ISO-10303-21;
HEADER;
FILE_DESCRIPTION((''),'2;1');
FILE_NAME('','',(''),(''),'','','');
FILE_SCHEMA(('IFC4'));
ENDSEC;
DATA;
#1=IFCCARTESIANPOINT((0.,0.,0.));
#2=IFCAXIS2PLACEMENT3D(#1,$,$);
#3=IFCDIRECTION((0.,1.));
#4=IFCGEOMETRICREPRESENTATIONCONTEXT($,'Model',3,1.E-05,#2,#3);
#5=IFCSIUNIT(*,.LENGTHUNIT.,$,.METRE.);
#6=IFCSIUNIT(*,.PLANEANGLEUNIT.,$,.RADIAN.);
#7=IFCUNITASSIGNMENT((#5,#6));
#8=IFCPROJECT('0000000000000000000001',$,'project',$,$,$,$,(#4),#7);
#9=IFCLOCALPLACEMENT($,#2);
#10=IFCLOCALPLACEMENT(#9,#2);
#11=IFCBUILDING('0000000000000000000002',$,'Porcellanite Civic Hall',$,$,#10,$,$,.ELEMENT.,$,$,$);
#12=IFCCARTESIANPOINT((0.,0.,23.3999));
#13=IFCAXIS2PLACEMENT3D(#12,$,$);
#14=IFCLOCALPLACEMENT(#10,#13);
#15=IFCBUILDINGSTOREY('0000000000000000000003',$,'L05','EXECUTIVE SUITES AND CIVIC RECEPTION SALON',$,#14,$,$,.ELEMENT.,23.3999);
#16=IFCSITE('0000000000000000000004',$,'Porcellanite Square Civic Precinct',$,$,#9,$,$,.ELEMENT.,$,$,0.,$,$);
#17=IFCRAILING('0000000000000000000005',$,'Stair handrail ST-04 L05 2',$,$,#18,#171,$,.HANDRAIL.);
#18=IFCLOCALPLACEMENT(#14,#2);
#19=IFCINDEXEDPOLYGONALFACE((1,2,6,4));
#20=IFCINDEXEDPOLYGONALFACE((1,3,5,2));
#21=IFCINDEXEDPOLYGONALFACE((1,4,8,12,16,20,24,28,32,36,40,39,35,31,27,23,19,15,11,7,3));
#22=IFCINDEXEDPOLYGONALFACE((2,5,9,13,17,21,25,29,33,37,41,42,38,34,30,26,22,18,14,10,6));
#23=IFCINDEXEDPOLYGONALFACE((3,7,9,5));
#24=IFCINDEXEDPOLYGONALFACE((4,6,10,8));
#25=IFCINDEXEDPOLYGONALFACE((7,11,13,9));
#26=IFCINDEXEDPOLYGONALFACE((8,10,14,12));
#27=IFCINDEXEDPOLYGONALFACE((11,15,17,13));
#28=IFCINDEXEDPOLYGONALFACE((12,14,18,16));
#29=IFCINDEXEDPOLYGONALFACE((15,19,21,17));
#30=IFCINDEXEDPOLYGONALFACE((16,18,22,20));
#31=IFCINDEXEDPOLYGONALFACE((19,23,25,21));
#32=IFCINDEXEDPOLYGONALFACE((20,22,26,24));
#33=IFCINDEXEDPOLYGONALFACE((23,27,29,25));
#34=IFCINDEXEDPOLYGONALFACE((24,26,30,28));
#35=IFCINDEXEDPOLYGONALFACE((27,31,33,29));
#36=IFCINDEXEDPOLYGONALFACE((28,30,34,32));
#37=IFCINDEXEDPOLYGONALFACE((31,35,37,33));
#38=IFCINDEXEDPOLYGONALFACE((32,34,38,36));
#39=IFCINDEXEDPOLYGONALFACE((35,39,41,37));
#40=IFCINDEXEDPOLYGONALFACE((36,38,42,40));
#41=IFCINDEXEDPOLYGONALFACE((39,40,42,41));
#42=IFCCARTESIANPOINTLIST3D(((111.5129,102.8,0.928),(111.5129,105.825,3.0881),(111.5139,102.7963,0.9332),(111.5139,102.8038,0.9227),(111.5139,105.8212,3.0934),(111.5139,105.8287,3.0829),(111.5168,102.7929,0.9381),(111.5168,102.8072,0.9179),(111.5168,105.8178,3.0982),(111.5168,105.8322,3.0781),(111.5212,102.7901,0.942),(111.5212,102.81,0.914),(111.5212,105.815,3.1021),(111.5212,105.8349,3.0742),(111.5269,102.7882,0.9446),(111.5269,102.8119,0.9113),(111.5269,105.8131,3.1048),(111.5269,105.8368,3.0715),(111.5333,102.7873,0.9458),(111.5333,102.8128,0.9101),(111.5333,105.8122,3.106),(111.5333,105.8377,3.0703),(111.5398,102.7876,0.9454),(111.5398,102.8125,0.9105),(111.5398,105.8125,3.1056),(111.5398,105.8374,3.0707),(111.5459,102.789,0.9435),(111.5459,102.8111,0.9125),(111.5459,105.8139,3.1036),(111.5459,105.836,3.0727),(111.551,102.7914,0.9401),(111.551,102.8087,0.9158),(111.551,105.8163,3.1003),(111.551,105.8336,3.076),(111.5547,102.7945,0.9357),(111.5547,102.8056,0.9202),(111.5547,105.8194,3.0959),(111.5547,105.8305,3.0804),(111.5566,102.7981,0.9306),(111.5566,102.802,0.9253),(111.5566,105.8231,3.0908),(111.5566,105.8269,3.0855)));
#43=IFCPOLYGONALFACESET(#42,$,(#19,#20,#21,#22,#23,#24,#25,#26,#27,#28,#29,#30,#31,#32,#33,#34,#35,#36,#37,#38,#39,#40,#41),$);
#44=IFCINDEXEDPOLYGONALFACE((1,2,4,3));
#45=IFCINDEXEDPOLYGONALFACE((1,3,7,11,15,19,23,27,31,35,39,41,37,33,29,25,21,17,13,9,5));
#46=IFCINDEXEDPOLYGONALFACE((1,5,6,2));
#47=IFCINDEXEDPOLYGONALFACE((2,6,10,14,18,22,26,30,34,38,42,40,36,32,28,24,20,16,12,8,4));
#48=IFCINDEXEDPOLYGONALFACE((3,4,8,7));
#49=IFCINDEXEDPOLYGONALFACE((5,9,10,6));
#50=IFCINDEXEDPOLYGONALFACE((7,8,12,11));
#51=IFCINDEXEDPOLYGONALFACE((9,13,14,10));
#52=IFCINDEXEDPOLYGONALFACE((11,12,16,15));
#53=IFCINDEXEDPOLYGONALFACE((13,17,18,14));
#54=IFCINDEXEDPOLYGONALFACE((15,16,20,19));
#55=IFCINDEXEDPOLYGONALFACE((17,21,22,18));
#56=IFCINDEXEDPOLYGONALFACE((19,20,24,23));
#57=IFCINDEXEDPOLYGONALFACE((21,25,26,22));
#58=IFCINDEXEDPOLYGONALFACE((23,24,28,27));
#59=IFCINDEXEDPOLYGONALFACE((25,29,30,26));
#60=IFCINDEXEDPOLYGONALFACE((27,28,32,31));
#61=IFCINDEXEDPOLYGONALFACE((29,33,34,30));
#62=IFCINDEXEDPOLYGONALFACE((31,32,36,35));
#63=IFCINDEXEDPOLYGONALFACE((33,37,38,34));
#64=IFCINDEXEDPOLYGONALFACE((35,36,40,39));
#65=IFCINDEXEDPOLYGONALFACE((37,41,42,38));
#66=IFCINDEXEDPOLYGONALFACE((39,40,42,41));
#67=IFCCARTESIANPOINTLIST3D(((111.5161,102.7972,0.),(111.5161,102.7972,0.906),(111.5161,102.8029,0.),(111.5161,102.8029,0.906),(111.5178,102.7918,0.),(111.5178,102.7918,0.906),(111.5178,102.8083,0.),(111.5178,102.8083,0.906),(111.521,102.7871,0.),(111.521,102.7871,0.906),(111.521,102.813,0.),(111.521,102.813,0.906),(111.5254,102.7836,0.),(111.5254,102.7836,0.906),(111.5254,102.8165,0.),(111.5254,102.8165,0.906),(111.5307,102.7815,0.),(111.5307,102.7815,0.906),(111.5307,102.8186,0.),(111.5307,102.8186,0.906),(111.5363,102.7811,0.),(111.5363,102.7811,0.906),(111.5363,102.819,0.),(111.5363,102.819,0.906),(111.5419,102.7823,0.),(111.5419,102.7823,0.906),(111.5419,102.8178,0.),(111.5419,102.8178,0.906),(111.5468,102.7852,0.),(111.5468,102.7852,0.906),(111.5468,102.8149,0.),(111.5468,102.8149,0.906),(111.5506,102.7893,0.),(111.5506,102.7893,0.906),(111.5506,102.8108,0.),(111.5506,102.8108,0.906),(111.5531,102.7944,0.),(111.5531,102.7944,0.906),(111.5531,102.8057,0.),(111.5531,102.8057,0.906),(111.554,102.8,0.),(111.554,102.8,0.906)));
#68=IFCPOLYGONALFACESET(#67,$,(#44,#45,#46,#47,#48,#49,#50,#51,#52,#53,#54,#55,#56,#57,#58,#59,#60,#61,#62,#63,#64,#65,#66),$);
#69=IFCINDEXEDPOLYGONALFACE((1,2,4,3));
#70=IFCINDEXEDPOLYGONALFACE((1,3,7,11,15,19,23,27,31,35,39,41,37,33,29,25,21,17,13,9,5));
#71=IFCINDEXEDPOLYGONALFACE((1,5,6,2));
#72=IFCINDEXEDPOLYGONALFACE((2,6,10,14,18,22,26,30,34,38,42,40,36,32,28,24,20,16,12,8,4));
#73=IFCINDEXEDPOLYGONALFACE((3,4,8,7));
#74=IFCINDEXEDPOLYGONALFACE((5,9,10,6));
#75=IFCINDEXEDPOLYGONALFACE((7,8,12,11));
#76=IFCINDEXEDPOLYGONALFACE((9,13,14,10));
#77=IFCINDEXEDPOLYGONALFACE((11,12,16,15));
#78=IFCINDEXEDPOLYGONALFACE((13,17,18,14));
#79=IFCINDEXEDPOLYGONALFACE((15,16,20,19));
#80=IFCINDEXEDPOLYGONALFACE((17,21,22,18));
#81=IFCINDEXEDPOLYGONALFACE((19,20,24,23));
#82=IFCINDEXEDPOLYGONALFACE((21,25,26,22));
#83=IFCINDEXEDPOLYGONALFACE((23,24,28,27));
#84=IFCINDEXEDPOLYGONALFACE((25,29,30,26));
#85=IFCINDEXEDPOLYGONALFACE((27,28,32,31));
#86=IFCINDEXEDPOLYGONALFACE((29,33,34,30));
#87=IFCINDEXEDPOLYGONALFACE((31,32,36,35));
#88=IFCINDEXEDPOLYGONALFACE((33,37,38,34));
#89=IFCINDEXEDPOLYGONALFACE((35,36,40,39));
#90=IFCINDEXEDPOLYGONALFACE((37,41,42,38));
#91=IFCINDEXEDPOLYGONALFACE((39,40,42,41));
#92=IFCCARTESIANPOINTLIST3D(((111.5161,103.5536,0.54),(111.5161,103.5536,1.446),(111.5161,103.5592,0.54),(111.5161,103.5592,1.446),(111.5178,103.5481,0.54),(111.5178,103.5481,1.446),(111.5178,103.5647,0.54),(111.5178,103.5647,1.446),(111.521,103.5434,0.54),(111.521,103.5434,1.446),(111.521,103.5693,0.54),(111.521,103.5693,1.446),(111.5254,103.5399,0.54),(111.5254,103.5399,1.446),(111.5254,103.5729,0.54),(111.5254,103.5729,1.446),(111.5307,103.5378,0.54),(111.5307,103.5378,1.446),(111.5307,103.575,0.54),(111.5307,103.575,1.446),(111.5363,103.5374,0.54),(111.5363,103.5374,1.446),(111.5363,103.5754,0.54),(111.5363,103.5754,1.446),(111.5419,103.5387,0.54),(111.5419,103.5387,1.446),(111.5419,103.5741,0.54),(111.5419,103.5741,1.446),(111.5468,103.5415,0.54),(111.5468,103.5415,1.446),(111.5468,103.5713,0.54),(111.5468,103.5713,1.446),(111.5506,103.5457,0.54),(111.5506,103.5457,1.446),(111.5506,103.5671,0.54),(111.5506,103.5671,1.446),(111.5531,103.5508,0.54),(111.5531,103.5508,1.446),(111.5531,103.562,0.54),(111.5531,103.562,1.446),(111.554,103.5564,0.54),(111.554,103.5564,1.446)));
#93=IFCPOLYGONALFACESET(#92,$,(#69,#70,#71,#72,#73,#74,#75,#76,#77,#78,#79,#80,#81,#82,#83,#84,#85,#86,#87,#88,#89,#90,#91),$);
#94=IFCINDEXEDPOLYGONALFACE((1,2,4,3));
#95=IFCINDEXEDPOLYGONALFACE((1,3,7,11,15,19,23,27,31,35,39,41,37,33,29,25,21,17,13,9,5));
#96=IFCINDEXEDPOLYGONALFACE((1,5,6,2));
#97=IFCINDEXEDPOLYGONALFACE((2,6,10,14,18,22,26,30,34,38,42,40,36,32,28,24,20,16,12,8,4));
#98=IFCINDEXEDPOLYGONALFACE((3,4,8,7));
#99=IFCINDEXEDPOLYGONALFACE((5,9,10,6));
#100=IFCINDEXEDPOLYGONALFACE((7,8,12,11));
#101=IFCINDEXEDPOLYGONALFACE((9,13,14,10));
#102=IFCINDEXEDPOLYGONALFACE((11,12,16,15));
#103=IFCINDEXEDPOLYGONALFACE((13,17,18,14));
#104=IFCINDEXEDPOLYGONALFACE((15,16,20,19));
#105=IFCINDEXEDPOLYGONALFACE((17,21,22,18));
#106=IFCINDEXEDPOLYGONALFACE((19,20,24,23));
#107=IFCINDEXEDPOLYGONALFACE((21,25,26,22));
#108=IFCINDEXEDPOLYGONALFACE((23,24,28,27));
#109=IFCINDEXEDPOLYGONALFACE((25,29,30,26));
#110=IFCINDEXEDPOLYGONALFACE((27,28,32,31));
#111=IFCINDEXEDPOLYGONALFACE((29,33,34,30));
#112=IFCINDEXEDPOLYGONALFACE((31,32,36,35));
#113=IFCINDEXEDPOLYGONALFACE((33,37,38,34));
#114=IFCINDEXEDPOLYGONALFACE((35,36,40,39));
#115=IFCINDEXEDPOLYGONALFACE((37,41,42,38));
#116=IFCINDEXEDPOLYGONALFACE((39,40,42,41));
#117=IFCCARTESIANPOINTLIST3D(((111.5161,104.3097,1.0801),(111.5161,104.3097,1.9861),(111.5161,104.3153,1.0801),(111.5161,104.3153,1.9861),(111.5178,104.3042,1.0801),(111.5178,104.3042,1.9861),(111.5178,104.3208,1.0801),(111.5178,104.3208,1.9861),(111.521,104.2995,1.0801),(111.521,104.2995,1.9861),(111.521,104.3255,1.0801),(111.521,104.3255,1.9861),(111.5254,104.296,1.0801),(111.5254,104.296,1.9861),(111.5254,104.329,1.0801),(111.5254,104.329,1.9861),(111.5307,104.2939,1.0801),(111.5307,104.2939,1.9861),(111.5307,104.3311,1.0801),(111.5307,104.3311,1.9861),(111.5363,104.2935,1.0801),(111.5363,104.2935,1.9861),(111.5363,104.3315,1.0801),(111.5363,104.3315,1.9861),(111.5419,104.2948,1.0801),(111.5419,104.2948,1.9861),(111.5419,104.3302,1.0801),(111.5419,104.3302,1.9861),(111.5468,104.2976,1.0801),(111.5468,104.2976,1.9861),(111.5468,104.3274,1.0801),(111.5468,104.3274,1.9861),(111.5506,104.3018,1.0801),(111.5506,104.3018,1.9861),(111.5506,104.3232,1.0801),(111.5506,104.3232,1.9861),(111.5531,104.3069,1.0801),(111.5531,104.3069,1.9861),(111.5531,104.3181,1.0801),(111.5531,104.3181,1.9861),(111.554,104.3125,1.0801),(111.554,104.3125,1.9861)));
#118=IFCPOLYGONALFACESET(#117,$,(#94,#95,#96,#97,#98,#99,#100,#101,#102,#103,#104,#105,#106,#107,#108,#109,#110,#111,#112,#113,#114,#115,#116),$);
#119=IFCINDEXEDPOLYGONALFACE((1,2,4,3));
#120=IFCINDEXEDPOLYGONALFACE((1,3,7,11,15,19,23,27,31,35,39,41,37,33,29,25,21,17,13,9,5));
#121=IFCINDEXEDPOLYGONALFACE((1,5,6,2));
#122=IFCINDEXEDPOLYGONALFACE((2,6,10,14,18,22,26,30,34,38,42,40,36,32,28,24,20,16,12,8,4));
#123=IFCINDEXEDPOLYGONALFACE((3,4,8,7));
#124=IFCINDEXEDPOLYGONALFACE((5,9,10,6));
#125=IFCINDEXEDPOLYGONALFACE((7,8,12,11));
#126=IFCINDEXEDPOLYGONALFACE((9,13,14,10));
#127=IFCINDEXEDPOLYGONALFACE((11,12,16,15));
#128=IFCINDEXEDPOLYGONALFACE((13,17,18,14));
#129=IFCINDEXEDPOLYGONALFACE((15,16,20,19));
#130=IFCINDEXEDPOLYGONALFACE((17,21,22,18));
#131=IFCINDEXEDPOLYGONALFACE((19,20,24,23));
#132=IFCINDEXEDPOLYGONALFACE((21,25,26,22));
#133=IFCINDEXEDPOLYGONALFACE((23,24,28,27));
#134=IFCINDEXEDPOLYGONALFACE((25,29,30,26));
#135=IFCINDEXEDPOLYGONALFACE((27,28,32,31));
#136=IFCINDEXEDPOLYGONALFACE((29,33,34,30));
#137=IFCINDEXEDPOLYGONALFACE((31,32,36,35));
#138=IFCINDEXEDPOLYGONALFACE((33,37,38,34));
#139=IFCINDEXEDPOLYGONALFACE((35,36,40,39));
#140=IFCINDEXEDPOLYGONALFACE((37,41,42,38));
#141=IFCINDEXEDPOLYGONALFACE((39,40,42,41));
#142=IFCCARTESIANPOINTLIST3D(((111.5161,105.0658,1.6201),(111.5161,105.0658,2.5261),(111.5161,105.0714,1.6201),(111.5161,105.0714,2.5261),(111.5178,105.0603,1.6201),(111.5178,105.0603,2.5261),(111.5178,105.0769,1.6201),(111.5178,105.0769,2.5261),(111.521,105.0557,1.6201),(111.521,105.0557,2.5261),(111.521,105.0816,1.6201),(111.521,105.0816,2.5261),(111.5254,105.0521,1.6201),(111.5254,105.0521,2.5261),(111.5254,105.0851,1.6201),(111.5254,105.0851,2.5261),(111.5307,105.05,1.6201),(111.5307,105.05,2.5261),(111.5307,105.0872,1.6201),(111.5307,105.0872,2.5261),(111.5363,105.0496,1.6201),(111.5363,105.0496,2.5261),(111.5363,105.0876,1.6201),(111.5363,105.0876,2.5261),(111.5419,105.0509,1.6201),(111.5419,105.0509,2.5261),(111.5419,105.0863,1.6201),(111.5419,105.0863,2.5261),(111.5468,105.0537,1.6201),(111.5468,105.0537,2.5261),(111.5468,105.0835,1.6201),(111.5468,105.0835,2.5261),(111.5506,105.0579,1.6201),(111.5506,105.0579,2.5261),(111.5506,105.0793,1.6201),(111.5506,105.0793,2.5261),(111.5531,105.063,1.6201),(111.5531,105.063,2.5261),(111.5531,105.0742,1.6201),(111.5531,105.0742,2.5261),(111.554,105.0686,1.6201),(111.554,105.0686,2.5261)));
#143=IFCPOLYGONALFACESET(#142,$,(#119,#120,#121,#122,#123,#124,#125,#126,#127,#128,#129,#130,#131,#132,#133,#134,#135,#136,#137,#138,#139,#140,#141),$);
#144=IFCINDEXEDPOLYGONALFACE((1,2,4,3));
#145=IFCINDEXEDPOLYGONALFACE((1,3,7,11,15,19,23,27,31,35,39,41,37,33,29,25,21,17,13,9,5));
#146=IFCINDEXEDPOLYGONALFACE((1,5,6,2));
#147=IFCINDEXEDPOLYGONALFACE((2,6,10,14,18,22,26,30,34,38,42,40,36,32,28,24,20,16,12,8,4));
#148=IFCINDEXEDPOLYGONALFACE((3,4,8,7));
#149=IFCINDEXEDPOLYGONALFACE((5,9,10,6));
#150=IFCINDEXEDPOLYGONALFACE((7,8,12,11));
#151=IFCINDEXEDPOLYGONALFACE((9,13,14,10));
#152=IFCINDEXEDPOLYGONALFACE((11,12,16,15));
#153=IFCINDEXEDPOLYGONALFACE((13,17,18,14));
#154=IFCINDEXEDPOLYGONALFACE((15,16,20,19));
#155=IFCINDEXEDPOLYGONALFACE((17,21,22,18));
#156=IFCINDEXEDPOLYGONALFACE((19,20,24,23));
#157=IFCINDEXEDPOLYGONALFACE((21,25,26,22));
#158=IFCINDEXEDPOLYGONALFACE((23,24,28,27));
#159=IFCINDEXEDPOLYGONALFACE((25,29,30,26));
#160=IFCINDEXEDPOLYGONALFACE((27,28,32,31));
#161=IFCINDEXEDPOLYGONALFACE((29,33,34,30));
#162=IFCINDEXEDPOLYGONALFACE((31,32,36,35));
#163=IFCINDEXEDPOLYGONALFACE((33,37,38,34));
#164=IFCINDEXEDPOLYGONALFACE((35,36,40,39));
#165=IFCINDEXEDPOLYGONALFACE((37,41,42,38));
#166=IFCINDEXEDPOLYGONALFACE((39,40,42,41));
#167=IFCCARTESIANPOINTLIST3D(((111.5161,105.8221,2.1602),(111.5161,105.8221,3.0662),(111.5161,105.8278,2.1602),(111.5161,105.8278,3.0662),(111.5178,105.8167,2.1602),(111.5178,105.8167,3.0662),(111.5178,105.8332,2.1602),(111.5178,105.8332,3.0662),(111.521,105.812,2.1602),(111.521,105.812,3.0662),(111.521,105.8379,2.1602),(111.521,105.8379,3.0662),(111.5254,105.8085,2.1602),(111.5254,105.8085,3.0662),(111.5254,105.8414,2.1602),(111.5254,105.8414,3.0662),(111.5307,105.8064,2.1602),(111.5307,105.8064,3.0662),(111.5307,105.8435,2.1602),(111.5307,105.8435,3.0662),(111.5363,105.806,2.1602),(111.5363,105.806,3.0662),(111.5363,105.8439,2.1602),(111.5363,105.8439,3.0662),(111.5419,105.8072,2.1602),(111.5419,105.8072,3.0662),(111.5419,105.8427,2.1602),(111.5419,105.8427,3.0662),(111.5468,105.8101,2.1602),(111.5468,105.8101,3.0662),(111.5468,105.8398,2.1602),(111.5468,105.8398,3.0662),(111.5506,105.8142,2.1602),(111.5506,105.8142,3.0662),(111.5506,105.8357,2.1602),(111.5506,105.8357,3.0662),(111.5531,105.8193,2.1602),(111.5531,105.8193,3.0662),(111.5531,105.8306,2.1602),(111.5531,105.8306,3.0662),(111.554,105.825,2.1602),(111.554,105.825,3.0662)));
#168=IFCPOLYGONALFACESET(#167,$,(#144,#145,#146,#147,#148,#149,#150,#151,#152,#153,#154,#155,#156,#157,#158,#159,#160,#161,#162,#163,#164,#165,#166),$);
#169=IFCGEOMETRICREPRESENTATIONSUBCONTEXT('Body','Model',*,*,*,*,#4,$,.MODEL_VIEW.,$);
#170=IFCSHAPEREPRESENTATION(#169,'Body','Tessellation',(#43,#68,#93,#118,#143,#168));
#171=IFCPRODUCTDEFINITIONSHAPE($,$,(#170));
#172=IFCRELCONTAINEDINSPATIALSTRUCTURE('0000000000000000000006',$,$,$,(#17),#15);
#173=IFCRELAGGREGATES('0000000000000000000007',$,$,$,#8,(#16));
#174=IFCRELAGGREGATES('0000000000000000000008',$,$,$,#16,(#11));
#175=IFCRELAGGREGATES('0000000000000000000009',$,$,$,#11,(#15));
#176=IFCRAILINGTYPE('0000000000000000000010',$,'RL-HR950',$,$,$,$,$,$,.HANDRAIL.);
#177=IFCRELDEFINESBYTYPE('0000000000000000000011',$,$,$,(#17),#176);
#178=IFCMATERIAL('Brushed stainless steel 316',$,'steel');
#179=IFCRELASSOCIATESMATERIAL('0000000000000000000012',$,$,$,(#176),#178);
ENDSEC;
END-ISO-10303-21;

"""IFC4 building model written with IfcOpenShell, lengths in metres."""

from ifc_helpers import new_model, si_unit, direction, frame, origin, origin_2d, place, context, subcontext, project, spatial, circle, extrude, material, type_object, element, save


model = new_model("IFC4")

# Units and contexts
model_context = context("Model", 3, precision=1e-05, world=origin(), true_north=direction((0.0, 1.0)))
body_context = subcontext(model_context, "Body", "Model", "MODEL_VIEW")
ifc_project = project(units=[si_unit("LENGTHUNIT", "METRE"), si_unit("PLANEANGLEUNIT", "RADIAN")], contexts=[model_context])

# Site, building, storey
site_placement = place(None, origin())
site = spatial("IfcSite", under=ifc_project, at=site_placement, Name="Porcellanite Square Civic Precinct", CompositionType="ELEMENT", RefElevation=0.0)
building_placement = place(site_placement, origin())
building = spatial("IfcBuilding", under=site, at=building_placement, Name="Porcellanite Civic Hall", CompositionType="ELEMENT")
storey_placement = place(building_placement, frame((0.0, 0.0, 23.3999)))
storey = spatial("IfcBuildingStorey", under=building, at=storey_placement, Name="L05", Description="EXECUTIVE SUITES AND CIVIC RECEPTION SALON", CompositionType="ELEMENT", Elevation=23.3999)

# Railing
ifc_material_1 = material(Name="Brushed stainless steel 316", Category="steel")
railing_type_1 = type_object("IfcRailingType", Name="RL-HR950", PredefinedType="HANDRAIL", material=ifc_material_1)
railing_1_placement = place(storey_placement, frame((111.5349, 102.8, 0.0)))
element("IfcRailing", 1, at=railing_1_placement, inside=storey, type_object=railing_type_1, Name="Stair handrail ST-04 L05 2", PredefinedType="HANDRAIL", context=body_context, shape_type="SweptSolid", body=[
    extrude(circle(Radius=0.022, at=origin_2d()), frame((0.0, 0.0, 0.928), z_axis=(0.0, 0.813796, 0.581151), x_axis=(-1.0, 0.0, 0.0)), (0.0, 0.0, 1.0), 3.717),
    extrude(circle(Radius=0.019, at=origin_2d()), origin(), (0.0, 0.0, 1.0), 0.906),
    extrude(circle(Radius=0.019, at=origin_2d()), frame((0.0, 0.7563, 0.54)), (0.0, 0.0, 1.0), 0.906),
    extrude(circle(Radius=0.019, at=origin_2d()), frame((0.0, 1.5125, 1.0801)), (0.0, 0.0, 1.0), 0.906),
    extrude(circle(Radius=0.019, at=origin_2d()), frame((0.0, 2.2686, 1.6201)), (0.0, 0.0, 1.0), 0.906),
    extrude(circle(Radius=0.019, at=origin_2d()), frame((0.0, 3.0249, 2.1602)), (0.0, 0.0, 1.0), 0.906),
])

save(model, "model.ifc")
